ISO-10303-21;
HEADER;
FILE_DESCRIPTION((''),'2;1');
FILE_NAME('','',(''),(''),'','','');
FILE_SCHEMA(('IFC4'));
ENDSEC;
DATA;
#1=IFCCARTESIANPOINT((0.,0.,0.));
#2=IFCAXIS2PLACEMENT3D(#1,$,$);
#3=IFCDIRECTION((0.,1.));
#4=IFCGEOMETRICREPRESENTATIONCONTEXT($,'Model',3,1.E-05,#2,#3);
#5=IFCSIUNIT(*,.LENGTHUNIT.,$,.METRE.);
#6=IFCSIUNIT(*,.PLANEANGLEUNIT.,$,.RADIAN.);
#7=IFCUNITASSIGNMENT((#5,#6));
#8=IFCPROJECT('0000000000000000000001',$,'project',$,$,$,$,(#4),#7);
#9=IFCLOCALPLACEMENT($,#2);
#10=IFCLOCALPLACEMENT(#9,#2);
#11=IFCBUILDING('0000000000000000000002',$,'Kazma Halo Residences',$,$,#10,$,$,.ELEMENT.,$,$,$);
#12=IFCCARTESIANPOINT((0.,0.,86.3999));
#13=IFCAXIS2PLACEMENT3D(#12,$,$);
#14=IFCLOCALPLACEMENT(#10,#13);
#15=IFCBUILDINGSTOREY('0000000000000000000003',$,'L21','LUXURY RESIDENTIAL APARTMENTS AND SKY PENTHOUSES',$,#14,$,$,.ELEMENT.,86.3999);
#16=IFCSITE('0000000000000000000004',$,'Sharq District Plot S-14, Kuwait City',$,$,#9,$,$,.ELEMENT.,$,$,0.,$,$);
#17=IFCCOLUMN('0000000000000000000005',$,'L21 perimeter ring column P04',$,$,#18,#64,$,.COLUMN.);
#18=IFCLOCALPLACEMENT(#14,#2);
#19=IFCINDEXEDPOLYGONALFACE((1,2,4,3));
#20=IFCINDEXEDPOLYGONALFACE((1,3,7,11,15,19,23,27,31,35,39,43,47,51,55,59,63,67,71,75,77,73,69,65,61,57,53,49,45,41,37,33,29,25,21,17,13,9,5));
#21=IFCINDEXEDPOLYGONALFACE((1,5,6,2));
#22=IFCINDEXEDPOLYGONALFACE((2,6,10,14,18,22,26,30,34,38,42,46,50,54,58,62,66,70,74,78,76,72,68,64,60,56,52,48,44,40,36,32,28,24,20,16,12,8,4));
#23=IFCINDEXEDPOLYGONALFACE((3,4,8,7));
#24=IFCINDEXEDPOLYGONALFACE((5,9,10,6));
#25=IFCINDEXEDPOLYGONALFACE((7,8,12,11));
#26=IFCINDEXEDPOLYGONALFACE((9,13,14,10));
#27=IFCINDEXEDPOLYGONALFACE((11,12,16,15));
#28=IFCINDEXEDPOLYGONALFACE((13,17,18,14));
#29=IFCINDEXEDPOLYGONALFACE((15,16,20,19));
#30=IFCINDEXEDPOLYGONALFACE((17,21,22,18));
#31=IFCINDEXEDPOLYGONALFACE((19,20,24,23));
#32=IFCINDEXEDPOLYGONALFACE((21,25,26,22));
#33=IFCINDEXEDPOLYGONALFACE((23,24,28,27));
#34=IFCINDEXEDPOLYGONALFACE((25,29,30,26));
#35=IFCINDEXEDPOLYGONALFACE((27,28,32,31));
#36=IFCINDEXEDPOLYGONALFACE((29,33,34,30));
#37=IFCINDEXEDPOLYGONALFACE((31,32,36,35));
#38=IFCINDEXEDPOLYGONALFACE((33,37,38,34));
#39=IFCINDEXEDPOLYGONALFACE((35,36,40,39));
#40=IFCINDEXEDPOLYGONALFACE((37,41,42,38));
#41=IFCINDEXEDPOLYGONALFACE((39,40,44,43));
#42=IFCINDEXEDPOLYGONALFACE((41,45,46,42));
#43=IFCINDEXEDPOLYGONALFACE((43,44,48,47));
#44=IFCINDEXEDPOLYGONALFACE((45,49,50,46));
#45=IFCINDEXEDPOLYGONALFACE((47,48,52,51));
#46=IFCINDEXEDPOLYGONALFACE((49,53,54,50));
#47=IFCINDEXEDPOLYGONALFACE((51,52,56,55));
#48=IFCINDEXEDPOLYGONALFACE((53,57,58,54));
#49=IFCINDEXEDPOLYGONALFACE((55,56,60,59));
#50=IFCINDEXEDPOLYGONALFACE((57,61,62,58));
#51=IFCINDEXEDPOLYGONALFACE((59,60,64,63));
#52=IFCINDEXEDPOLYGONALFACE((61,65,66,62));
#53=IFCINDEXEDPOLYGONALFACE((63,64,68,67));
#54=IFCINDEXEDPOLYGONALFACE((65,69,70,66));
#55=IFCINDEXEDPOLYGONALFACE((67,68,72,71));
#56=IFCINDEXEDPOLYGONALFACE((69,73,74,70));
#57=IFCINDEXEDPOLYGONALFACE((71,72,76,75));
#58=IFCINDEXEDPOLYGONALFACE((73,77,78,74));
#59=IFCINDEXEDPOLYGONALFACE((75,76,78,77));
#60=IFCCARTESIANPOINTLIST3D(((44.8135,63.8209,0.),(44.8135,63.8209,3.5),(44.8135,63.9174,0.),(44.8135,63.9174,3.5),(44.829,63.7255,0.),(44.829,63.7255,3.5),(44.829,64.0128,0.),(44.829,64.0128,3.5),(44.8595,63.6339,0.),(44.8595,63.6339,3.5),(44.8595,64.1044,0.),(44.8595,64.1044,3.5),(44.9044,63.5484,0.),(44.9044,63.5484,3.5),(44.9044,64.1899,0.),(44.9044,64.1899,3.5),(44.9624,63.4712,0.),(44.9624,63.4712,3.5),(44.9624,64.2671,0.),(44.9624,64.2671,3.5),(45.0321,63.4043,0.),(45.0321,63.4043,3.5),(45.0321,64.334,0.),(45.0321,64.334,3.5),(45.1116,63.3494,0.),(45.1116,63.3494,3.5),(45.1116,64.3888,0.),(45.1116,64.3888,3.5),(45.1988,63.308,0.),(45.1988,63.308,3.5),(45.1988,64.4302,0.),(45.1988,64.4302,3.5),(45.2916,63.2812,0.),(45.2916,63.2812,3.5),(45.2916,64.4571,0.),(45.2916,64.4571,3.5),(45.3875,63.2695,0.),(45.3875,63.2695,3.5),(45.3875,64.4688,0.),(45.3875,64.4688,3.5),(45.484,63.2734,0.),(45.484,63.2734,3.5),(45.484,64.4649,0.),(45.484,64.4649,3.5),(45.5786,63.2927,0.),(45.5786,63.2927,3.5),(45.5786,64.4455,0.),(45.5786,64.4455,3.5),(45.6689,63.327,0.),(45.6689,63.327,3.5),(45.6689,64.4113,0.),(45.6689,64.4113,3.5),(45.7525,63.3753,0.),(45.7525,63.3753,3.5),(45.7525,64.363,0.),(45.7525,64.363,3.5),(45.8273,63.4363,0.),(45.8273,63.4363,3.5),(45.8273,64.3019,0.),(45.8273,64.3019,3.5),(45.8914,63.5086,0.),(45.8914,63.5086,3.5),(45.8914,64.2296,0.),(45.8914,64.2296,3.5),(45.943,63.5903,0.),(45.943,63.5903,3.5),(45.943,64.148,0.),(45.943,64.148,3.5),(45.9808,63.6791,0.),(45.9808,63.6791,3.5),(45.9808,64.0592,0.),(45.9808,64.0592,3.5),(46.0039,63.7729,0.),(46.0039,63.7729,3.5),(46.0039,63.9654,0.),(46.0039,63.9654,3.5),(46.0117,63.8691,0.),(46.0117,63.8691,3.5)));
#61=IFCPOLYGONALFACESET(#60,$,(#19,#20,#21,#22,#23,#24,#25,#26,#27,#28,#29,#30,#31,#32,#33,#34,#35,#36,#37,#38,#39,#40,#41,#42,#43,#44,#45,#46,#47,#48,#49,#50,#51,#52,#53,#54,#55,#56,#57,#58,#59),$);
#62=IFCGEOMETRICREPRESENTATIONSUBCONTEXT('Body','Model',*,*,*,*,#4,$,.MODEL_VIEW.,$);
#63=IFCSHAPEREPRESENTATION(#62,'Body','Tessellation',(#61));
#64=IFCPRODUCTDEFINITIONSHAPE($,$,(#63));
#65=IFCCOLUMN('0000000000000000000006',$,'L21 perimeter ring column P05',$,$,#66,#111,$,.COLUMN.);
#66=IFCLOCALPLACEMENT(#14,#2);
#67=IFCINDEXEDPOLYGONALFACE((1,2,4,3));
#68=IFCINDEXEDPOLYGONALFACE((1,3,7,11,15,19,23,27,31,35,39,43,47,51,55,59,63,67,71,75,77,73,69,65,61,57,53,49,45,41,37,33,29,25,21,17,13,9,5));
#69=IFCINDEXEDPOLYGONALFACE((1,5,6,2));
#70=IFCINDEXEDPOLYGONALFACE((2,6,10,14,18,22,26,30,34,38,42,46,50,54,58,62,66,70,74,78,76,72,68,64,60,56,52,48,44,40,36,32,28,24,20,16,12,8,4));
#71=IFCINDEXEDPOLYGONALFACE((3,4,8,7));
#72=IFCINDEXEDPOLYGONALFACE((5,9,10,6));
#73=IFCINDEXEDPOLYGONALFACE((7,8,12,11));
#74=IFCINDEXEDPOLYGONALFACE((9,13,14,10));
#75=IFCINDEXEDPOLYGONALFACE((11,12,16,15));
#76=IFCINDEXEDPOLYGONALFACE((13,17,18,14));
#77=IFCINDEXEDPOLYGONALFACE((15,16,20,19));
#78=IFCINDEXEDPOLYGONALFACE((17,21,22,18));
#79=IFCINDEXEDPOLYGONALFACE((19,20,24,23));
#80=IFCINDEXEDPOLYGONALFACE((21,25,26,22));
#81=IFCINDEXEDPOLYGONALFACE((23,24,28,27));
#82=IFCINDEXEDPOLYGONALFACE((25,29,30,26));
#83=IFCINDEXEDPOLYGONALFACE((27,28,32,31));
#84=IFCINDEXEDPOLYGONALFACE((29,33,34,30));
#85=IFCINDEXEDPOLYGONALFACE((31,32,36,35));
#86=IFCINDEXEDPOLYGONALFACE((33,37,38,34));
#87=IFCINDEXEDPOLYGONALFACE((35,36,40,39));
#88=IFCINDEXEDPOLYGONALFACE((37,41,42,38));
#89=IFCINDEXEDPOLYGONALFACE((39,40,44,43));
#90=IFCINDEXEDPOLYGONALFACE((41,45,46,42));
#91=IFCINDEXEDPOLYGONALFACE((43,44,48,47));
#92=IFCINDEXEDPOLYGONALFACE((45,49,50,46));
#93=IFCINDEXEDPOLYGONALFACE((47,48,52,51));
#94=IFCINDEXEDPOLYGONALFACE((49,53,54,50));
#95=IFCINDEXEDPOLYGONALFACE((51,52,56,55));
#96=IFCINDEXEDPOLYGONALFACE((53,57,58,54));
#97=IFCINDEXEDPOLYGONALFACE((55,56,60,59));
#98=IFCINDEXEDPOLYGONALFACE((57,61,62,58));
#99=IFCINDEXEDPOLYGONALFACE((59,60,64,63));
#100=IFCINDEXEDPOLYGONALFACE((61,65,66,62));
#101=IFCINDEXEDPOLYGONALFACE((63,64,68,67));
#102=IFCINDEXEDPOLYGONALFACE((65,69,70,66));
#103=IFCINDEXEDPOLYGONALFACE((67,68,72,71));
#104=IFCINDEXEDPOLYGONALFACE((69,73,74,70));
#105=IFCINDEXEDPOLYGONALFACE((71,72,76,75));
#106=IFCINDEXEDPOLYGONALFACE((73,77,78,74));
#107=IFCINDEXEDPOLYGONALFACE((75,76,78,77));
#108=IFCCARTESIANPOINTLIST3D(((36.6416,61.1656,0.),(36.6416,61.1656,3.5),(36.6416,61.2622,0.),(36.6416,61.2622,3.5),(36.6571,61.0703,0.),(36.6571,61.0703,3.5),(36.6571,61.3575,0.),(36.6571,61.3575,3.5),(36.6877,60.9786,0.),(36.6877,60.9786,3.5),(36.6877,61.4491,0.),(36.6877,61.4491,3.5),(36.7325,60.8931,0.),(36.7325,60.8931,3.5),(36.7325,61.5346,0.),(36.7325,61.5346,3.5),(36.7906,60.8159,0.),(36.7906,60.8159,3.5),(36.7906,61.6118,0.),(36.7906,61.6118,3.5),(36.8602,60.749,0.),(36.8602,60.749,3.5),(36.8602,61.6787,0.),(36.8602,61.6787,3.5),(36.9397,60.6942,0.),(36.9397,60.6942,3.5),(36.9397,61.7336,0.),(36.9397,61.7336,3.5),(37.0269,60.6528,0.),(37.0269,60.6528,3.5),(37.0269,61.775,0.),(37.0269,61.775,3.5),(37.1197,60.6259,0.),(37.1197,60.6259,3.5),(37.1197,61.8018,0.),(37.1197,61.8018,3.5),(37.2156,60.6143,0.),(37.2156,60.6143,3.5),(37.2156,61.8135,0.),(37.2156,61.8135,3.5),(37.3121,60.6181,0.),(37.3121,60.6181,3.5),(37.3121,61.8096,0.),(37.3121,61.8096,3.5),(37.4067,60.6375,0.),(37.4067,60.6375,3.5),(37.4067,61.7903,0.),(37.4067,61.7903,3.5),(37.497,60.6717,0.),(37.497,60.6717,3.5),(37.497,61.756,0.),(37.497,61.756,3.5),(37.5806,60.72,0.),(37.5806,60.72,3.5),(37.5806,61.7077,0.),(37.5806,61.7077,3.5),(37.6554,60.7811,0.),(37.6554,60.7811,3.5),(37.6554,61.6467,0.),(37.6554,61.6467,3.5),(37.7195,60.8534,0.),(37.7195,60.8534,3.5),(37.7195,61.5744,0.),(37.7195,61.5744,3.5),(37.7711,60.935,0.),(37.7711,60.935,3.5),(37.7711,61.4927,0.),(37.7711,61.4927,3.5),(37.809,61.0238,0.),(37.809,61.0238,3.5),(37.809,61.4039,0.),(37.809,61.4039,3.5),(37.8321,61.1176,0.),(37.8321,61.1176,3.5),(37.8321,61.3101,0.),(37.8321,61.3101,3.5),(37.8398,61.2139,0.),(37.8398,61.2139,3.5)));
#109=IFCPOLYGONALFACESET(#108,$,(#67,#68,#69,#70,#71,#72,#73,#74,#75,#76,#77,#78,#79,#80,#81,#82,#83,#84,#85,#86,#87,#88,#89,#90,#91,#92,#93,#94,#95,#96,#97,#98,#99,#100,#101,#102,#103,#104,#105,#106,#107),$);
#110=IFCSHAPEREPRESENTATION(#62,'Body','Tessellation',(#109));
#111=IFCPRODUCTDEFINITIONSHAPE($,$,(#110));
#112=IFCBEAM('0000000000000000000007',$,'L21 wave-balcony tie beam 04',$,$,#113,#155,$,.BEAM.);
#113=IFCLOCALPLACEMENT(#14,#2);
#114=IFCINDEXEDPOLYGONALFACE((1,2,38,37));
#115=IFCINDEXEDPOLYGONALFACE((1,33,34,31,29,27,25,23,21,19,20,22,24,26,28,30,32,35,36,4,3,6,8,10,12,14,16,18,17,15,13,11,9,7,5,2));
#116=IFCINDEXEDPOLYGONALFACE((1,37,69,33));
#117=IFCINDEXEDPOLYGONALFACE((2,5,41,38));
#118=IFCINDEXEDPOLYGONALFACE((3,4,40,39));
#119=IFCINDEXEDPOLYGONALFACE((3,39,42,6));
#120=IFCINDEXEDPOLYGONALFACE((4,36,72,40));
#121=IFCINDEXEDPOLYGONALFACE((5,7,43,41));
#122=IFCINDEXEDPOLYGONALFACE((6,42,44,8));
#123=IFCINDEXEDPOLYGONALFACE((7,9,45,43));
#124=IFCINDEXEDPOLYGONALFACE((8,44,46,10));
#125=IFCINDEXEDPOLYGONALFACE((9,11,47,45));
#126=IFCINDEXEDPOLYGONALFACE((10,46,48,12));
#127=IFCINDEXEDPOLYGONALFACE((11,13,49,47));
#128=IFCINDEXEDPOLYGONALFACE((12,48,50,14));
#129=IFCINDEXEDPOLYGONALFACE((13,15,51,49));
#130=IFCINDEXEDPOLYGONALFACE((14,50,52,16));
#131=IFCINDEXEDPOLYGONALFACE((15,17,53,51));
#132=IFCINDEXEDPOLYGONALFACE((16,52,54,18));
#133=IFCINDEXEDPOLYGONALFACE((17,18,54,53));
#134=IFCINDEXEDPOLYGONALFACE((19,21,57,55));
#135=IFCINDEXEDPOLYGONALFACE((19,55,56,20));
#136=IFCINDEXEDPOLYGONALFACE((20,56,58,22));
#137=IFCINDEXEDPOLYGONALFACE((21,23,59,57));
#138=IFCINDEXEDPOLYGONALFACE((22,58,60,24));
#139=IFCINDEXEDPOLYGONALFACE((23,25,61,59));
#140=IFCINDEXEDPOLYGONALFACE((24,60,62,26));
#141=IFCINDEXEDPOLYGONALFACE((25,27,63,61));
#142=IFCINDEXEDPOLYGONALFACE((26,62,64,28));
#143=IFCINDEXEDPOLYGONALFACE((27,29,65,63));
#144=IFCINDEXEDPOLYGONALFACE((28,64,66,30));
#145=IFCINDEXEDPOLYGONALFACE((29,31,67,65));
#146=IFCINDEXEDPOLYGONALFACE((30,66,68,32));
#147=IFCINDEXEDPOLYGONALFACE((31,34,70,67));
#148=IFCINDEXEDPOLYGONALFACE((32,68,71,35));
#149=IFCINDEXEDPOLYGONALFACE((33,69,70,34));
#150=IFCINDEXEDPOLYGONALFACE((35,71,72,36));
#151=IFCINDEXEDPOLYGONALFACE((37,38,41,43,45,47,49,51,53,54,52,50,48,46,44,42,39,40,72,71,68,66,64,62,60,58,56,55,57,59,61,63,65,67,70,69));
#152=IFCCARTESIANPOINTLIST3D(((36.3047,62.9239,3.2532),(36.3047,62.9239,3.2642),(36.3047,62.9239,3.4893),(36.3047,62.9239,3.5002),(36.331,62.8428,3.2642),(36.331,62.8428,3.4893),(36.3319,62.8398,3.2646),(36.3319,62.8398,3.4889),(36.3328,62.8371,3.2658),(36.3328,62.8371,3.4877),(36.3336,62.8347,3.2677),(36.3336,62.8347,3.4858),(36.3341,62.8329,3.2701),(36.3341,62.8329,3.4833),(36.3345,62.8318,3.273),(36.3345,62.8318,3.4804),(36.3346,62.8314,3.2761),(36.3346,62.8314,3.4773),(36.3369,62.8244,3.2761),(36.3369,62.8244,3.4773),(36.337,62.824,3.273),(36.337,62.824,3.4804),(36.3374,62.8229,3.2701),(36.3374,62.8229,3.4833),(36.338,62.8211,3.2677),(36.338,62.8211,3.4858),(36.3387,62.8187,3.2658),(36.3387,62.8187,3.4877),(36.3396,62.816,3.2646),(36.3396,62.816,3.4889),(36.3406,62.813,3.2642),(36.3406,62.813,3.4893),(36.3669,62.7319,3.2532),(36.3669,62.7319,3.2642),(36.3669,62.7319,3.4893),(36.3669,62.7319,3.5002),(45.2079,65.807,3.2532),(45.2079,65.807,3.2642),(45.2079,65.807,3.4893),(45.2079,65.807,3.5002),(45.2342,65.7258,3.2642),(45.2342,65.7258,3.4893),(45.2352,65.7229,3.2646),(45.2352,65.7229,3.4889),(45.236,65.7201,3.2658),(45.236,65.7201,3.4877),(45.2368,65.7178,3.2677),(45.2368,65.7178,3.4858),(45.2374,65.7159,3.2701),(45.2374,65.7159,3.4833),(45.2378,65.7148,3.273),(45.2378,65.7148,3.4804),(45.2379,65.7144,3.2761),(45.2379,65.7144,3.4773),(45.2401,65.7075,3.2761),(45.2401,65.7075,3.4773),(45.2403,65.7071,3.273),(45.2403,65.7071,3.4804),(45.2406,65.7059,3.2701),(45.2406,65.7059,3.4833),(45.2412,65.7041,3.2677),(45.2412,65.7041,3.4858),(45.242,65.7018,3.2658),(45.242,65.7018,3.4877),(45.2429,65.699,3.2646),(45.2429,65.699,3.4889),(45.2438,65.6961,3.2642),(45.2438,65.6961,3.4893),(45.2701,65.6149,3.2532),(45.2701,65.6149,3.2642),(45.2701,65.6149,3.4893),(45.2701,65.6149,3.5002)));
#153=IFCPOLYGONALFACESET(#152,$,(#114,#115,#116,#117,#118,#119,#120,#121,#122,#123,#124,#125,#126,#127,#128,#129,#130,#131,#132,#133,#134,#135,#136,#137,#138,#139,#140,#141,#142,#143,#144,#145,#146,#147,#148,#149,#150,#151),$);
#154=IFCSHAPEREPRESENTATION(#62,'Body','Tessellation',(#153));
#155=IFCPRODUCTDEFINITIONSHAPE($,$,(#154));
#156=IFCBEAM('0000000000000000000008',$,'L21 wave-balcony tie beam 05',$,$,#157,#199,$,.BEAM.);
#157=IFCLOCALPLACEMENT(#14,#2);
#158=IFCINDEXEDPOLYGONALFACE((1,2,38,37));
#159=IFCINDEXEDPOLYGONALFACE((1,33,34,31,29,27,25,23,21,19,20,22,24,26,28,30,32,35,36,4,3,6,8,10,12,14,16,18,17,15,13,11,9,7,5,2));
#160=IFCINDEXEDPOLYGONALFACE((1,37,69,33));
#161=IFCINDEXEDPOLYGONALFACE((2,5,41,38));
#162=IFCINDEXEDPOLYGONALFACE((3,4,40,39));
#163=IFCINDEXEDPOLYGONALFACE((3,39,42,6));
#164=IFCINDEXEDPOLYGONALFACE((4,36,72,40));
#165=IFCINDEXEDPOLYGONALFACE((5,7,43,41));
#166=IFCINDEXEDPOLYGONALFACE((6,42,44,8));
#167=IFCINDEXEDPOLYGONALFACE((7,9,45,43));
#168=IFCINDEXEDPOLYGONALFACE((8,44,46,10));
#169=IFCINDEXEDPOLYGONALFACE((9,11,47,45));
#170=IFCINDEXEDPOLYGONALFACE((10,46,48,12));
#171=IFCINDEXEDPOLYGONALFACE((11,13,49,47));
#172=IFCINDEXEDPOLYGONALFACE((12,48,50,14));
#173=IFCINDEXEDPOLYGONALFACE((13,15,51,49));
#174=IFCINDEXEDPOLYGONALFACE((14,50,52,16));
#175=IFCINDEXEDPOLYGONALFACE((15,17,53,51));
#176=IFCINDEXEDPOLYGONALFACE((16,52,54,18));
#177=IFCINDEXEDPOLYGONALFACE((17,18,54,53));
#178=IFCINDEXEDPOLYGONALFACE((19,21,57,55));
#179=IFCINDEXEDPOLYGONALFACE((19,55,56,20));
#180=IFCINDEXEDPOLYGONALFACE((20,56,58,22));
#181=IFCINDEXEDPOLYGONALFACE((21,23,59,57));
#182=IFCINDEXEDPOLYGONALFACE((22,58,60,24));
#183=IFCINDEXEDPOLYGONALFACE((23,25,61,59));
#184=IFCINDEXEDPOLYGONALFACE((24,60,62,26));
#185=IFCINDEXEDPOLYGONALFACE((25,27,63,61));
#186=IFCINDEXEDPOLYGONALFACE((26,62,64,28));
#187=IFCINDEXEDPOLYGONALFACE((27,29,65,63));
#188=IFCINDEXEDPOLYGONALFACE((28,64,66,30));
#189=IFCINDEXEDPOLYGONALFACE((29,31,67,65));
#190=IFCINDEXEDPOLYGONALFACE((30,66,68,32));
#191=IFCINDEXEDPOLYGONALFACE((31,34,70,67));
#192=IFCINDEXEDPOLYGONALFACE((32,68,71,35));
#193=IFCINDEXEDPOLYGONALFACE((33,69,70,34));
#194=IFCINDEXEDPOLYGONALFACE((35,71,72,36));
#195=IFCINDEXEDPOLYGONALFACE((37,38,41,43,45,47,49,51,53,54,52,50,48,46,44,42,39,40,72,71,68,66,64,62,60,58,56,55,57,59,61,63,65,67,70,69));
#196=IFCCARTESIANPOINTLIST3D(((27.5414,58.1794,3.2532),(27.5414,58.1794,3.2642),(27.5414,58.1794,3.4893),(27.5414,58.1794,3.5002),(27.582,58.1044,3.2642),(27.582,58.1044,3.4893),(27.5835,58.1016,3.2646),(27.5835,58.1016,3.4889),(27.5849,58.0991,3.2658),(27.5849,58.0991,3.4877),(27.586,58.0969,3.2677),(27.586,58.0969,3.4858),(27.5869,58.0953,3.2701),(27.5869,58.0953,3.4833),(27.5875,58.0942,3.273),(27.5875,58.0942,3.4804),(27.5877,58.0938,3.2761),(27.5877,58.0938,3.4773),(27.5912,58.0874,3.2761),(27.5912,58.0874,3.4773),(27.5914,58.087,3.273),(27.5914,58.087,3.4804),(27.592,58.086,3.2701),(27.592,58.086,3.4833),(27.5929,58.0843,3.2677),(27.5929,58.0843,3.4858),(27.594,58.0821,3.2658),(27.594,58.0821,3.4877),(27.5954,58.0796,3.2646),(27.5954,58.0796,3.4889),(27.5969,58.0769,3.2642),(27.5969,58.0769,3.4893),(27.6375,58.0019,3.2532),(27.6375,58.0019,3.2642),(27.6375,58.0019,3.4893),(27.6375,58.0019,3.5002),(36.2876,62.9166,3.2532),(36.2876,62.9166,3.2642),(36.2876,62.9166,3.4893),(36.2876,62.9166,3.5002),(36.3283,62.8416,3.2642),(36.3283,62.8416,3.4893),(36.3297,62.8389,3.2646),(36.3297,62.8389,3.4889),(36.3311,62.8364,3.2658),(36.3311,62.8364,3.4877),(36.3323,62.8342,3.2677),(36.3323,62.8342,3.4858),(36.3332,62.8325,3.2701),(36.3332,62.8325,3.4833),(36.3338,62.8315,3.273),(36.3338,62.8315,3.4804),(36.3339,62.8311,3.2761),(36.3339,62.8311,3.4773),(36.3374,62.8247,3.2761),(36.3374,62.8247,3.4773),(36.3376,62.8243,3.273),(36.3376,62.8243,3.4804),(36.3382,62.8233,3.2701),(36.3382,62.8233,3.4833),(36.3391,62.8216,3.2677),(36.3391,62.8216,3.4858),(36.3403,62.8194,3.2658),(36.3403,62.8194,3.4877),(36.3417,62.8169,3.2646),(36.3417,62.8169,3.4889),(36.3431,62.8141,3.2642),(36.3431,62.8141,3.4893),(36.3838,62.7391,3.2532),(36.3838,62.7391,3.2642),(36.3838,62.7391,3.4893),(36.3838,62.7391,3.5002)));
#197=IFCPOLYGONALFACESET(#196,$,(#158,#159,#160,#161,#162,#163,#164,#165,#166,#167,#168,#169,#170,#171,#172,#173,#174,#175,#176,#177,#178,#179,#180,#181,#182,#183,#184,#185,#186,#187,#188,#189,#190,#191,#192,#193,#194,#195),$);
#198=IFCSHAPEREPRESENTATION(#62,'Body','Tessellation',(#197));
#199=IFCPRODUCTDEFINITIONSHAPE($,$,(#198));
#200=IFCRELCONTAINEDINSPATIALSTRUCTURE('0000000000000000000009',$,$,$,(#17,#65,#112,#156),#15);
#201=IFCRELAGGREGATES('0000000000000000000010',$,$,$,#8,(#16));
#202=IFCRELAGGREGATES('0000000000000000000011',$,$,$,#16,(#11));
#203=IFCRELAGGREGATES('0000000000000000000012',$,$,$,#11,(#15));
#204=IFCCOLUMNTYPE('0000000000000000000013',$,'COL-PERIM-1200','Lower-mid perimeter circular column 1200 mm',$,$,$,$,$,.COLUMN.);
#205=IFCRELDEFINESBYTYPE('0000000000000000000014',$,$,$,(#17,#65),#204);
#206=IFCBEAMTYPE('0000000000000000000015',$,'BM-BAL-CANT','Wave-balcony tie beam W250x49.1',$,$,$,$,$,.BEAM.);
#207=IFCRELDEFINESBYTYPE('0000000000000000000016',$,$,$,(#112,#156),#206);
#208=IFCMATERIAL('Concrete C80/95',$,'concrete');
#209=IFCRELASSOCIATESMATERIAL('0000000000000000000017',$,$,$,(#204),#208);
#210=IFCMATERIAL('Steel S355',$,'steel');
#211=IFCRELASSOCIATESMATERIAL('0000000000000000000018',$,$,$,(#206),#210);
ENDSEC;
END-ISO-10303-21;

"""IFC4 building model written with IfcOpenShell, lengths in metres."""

from ifc_helpers import new_model, si_unit, direction, frame, origin, origin_2d, place, context, subcontext, project, spatial, circle, i_section, extrude, material, material_profile, profile_set, type_object, element, save


model = new_model("IFC4")

# Units and contexts
model_context = context("Model", 3, precision=1e-05, world=origin(), true_north=direction((0.0, 1.0)))
body_context = subcontext(model_context, "Body", "Model", "MODEL_VIEW")
ifc_project = project(units=[si_unit("LENGTHUNIT", "METRE"), si_unit("PLANEANGLEUNIT", "RADIAN")], contexts=[model_context])

# Site, building, storey
site_placement = place(None, origin())
site = spatial("IfcSite", under=ifc_project, at=site_placement, Name="Sharq District Plot S-14, Kuwait City", CompositionType="ELEMENT", RefElevation=0.0)
building_placement = place(site_placement, origin())
building = spatial("IfcBuilding", under=site, at=building_placement, Name="Kazma Halo Residences", CompositionType="ELEMENT")
storey_placement = place(building_placement, frame((0.0, 0.0, 86.3999)))
storey = spatial("IfcBuildingStorey", under=building, at=storey_placement, Name="L21", Description="LUXURY RESIDENTIAL APARTMENTS AND SKY PENTHOUSES", CompositionType="ELEMENT", Elevation=86.3999)

# Columns
ifc_material_1 = material(Name="Concrete C80/95", Category="concrete")
ifc_material_profile_1 = material_profile(ifc_material_1, circle(Radius=0.6001, at=origin_2d()), Name="CIRC1200")
ifc_profile_set_1 = profile_set([ifc_material_profile_1], Name="Concrete C80/95")
column_type = type_object("IfcColumnType", Name="COL-PERIM-1200", Description="Lower-mid perimeter circular column 1200 mm", PredefinedType="COLUMN", material=ifc_profile_set_1)
for number, where, z_axis, x_axis, name in (
    (1, (45.4116, 63.8691, 0.0), (0.0, 0.0, 1.0), (1.0, 0.0, 0.0), "L21 perimeter ring column P04"),
    (2, (37.2397, 61.2139, 0.0), (0.0, 0.0, 1.0), (1.0, 0.0, 0.0), "L21 perimeter ring column P05"),
):
    element("IfcColumn", number, at=place(storey_placement, frame(where, z_axis=z_axis, x_axis=x_axis)), inside=storey, type_object=column_type, Name=name, PredefinedType="COLUMN", context=body_context, shape_type="SweptSolid", body=[
        extrude(circle(Radius=0.6001, at=origin_2d()), origin(), (0.0, 0.0, 1.0), 3.5),
    ])

# Beams
ifc_material_2 = material(Name="Steel S355", Category="steel")
ifc_material_profile_2 = material_profile(ifc_material_2, i_section(OverallWidth=0.2019, OverallDepth=0.2471, WebThickness=0.0073, FlangeThickness=0.011, FilletRadius=0.012, at=origin_2d()), Name="W250x49.1")
ifc_profile_set_2 = profile_set([ifc_material_profile_2], Name="Steel S355")
beam_type_1 = type_object("IfcBeamType", Name="BM-BAL-CANT", Description="Wave-balcony tie beam W250x49.1", PredefinedType="BEAM", material=ifc_profile_set_2)
beam_1_placement = place(storey_placement, frame((45.239, 65.7109, 3.3767), z_axis=(-0.951364, -0.308069, 0.0), x_axis=(0.308069, -0.951364, 0.0)))
element("IfcBeam", 3, at=beam_1_placement, inside=storey, type_object=beam_type_1, Name="L21 wave-balcony tie beam 04", PredefinedType="BEAM", context=body_context, shape_type="SweptSolid", body=[
    extrude(i_section(OverallWidth=0.2019, OverallDepth=0.2471, WebThickness=0.0073, FlangeThickness=0.011, FilletRadius=0.012, at=origin_2d()), origin(), (0.0, 0.0, 1.0), 9.3584),
])
beam_2_placement = place(storey_placement, frame((36.3357, 62.8279, 3.3767), z_axis=(-0.879304, -0.47626, 0.0), x_axis=(0.47626, -0.879304, 0.0)))
element("IfcBeam", 4, at=beam_2_placement, inside=storey, type_object=beam_type_1, Name="L21 wave-balcony tie beam 05", PredefinedType="BEAM", context=body_context, shape_type="SweptSolid", body=[
    extrude(i_section(OverallWidth=0.2019, OverallDepth=0.2471, WebThickness=0.0073, FlangeThickness=0.011, FilletRadius=0.012, at=origin_2d()), origin(), (0.0, 0.0, 1.0), 9.9468),
])

save(model, "model.ifc")
